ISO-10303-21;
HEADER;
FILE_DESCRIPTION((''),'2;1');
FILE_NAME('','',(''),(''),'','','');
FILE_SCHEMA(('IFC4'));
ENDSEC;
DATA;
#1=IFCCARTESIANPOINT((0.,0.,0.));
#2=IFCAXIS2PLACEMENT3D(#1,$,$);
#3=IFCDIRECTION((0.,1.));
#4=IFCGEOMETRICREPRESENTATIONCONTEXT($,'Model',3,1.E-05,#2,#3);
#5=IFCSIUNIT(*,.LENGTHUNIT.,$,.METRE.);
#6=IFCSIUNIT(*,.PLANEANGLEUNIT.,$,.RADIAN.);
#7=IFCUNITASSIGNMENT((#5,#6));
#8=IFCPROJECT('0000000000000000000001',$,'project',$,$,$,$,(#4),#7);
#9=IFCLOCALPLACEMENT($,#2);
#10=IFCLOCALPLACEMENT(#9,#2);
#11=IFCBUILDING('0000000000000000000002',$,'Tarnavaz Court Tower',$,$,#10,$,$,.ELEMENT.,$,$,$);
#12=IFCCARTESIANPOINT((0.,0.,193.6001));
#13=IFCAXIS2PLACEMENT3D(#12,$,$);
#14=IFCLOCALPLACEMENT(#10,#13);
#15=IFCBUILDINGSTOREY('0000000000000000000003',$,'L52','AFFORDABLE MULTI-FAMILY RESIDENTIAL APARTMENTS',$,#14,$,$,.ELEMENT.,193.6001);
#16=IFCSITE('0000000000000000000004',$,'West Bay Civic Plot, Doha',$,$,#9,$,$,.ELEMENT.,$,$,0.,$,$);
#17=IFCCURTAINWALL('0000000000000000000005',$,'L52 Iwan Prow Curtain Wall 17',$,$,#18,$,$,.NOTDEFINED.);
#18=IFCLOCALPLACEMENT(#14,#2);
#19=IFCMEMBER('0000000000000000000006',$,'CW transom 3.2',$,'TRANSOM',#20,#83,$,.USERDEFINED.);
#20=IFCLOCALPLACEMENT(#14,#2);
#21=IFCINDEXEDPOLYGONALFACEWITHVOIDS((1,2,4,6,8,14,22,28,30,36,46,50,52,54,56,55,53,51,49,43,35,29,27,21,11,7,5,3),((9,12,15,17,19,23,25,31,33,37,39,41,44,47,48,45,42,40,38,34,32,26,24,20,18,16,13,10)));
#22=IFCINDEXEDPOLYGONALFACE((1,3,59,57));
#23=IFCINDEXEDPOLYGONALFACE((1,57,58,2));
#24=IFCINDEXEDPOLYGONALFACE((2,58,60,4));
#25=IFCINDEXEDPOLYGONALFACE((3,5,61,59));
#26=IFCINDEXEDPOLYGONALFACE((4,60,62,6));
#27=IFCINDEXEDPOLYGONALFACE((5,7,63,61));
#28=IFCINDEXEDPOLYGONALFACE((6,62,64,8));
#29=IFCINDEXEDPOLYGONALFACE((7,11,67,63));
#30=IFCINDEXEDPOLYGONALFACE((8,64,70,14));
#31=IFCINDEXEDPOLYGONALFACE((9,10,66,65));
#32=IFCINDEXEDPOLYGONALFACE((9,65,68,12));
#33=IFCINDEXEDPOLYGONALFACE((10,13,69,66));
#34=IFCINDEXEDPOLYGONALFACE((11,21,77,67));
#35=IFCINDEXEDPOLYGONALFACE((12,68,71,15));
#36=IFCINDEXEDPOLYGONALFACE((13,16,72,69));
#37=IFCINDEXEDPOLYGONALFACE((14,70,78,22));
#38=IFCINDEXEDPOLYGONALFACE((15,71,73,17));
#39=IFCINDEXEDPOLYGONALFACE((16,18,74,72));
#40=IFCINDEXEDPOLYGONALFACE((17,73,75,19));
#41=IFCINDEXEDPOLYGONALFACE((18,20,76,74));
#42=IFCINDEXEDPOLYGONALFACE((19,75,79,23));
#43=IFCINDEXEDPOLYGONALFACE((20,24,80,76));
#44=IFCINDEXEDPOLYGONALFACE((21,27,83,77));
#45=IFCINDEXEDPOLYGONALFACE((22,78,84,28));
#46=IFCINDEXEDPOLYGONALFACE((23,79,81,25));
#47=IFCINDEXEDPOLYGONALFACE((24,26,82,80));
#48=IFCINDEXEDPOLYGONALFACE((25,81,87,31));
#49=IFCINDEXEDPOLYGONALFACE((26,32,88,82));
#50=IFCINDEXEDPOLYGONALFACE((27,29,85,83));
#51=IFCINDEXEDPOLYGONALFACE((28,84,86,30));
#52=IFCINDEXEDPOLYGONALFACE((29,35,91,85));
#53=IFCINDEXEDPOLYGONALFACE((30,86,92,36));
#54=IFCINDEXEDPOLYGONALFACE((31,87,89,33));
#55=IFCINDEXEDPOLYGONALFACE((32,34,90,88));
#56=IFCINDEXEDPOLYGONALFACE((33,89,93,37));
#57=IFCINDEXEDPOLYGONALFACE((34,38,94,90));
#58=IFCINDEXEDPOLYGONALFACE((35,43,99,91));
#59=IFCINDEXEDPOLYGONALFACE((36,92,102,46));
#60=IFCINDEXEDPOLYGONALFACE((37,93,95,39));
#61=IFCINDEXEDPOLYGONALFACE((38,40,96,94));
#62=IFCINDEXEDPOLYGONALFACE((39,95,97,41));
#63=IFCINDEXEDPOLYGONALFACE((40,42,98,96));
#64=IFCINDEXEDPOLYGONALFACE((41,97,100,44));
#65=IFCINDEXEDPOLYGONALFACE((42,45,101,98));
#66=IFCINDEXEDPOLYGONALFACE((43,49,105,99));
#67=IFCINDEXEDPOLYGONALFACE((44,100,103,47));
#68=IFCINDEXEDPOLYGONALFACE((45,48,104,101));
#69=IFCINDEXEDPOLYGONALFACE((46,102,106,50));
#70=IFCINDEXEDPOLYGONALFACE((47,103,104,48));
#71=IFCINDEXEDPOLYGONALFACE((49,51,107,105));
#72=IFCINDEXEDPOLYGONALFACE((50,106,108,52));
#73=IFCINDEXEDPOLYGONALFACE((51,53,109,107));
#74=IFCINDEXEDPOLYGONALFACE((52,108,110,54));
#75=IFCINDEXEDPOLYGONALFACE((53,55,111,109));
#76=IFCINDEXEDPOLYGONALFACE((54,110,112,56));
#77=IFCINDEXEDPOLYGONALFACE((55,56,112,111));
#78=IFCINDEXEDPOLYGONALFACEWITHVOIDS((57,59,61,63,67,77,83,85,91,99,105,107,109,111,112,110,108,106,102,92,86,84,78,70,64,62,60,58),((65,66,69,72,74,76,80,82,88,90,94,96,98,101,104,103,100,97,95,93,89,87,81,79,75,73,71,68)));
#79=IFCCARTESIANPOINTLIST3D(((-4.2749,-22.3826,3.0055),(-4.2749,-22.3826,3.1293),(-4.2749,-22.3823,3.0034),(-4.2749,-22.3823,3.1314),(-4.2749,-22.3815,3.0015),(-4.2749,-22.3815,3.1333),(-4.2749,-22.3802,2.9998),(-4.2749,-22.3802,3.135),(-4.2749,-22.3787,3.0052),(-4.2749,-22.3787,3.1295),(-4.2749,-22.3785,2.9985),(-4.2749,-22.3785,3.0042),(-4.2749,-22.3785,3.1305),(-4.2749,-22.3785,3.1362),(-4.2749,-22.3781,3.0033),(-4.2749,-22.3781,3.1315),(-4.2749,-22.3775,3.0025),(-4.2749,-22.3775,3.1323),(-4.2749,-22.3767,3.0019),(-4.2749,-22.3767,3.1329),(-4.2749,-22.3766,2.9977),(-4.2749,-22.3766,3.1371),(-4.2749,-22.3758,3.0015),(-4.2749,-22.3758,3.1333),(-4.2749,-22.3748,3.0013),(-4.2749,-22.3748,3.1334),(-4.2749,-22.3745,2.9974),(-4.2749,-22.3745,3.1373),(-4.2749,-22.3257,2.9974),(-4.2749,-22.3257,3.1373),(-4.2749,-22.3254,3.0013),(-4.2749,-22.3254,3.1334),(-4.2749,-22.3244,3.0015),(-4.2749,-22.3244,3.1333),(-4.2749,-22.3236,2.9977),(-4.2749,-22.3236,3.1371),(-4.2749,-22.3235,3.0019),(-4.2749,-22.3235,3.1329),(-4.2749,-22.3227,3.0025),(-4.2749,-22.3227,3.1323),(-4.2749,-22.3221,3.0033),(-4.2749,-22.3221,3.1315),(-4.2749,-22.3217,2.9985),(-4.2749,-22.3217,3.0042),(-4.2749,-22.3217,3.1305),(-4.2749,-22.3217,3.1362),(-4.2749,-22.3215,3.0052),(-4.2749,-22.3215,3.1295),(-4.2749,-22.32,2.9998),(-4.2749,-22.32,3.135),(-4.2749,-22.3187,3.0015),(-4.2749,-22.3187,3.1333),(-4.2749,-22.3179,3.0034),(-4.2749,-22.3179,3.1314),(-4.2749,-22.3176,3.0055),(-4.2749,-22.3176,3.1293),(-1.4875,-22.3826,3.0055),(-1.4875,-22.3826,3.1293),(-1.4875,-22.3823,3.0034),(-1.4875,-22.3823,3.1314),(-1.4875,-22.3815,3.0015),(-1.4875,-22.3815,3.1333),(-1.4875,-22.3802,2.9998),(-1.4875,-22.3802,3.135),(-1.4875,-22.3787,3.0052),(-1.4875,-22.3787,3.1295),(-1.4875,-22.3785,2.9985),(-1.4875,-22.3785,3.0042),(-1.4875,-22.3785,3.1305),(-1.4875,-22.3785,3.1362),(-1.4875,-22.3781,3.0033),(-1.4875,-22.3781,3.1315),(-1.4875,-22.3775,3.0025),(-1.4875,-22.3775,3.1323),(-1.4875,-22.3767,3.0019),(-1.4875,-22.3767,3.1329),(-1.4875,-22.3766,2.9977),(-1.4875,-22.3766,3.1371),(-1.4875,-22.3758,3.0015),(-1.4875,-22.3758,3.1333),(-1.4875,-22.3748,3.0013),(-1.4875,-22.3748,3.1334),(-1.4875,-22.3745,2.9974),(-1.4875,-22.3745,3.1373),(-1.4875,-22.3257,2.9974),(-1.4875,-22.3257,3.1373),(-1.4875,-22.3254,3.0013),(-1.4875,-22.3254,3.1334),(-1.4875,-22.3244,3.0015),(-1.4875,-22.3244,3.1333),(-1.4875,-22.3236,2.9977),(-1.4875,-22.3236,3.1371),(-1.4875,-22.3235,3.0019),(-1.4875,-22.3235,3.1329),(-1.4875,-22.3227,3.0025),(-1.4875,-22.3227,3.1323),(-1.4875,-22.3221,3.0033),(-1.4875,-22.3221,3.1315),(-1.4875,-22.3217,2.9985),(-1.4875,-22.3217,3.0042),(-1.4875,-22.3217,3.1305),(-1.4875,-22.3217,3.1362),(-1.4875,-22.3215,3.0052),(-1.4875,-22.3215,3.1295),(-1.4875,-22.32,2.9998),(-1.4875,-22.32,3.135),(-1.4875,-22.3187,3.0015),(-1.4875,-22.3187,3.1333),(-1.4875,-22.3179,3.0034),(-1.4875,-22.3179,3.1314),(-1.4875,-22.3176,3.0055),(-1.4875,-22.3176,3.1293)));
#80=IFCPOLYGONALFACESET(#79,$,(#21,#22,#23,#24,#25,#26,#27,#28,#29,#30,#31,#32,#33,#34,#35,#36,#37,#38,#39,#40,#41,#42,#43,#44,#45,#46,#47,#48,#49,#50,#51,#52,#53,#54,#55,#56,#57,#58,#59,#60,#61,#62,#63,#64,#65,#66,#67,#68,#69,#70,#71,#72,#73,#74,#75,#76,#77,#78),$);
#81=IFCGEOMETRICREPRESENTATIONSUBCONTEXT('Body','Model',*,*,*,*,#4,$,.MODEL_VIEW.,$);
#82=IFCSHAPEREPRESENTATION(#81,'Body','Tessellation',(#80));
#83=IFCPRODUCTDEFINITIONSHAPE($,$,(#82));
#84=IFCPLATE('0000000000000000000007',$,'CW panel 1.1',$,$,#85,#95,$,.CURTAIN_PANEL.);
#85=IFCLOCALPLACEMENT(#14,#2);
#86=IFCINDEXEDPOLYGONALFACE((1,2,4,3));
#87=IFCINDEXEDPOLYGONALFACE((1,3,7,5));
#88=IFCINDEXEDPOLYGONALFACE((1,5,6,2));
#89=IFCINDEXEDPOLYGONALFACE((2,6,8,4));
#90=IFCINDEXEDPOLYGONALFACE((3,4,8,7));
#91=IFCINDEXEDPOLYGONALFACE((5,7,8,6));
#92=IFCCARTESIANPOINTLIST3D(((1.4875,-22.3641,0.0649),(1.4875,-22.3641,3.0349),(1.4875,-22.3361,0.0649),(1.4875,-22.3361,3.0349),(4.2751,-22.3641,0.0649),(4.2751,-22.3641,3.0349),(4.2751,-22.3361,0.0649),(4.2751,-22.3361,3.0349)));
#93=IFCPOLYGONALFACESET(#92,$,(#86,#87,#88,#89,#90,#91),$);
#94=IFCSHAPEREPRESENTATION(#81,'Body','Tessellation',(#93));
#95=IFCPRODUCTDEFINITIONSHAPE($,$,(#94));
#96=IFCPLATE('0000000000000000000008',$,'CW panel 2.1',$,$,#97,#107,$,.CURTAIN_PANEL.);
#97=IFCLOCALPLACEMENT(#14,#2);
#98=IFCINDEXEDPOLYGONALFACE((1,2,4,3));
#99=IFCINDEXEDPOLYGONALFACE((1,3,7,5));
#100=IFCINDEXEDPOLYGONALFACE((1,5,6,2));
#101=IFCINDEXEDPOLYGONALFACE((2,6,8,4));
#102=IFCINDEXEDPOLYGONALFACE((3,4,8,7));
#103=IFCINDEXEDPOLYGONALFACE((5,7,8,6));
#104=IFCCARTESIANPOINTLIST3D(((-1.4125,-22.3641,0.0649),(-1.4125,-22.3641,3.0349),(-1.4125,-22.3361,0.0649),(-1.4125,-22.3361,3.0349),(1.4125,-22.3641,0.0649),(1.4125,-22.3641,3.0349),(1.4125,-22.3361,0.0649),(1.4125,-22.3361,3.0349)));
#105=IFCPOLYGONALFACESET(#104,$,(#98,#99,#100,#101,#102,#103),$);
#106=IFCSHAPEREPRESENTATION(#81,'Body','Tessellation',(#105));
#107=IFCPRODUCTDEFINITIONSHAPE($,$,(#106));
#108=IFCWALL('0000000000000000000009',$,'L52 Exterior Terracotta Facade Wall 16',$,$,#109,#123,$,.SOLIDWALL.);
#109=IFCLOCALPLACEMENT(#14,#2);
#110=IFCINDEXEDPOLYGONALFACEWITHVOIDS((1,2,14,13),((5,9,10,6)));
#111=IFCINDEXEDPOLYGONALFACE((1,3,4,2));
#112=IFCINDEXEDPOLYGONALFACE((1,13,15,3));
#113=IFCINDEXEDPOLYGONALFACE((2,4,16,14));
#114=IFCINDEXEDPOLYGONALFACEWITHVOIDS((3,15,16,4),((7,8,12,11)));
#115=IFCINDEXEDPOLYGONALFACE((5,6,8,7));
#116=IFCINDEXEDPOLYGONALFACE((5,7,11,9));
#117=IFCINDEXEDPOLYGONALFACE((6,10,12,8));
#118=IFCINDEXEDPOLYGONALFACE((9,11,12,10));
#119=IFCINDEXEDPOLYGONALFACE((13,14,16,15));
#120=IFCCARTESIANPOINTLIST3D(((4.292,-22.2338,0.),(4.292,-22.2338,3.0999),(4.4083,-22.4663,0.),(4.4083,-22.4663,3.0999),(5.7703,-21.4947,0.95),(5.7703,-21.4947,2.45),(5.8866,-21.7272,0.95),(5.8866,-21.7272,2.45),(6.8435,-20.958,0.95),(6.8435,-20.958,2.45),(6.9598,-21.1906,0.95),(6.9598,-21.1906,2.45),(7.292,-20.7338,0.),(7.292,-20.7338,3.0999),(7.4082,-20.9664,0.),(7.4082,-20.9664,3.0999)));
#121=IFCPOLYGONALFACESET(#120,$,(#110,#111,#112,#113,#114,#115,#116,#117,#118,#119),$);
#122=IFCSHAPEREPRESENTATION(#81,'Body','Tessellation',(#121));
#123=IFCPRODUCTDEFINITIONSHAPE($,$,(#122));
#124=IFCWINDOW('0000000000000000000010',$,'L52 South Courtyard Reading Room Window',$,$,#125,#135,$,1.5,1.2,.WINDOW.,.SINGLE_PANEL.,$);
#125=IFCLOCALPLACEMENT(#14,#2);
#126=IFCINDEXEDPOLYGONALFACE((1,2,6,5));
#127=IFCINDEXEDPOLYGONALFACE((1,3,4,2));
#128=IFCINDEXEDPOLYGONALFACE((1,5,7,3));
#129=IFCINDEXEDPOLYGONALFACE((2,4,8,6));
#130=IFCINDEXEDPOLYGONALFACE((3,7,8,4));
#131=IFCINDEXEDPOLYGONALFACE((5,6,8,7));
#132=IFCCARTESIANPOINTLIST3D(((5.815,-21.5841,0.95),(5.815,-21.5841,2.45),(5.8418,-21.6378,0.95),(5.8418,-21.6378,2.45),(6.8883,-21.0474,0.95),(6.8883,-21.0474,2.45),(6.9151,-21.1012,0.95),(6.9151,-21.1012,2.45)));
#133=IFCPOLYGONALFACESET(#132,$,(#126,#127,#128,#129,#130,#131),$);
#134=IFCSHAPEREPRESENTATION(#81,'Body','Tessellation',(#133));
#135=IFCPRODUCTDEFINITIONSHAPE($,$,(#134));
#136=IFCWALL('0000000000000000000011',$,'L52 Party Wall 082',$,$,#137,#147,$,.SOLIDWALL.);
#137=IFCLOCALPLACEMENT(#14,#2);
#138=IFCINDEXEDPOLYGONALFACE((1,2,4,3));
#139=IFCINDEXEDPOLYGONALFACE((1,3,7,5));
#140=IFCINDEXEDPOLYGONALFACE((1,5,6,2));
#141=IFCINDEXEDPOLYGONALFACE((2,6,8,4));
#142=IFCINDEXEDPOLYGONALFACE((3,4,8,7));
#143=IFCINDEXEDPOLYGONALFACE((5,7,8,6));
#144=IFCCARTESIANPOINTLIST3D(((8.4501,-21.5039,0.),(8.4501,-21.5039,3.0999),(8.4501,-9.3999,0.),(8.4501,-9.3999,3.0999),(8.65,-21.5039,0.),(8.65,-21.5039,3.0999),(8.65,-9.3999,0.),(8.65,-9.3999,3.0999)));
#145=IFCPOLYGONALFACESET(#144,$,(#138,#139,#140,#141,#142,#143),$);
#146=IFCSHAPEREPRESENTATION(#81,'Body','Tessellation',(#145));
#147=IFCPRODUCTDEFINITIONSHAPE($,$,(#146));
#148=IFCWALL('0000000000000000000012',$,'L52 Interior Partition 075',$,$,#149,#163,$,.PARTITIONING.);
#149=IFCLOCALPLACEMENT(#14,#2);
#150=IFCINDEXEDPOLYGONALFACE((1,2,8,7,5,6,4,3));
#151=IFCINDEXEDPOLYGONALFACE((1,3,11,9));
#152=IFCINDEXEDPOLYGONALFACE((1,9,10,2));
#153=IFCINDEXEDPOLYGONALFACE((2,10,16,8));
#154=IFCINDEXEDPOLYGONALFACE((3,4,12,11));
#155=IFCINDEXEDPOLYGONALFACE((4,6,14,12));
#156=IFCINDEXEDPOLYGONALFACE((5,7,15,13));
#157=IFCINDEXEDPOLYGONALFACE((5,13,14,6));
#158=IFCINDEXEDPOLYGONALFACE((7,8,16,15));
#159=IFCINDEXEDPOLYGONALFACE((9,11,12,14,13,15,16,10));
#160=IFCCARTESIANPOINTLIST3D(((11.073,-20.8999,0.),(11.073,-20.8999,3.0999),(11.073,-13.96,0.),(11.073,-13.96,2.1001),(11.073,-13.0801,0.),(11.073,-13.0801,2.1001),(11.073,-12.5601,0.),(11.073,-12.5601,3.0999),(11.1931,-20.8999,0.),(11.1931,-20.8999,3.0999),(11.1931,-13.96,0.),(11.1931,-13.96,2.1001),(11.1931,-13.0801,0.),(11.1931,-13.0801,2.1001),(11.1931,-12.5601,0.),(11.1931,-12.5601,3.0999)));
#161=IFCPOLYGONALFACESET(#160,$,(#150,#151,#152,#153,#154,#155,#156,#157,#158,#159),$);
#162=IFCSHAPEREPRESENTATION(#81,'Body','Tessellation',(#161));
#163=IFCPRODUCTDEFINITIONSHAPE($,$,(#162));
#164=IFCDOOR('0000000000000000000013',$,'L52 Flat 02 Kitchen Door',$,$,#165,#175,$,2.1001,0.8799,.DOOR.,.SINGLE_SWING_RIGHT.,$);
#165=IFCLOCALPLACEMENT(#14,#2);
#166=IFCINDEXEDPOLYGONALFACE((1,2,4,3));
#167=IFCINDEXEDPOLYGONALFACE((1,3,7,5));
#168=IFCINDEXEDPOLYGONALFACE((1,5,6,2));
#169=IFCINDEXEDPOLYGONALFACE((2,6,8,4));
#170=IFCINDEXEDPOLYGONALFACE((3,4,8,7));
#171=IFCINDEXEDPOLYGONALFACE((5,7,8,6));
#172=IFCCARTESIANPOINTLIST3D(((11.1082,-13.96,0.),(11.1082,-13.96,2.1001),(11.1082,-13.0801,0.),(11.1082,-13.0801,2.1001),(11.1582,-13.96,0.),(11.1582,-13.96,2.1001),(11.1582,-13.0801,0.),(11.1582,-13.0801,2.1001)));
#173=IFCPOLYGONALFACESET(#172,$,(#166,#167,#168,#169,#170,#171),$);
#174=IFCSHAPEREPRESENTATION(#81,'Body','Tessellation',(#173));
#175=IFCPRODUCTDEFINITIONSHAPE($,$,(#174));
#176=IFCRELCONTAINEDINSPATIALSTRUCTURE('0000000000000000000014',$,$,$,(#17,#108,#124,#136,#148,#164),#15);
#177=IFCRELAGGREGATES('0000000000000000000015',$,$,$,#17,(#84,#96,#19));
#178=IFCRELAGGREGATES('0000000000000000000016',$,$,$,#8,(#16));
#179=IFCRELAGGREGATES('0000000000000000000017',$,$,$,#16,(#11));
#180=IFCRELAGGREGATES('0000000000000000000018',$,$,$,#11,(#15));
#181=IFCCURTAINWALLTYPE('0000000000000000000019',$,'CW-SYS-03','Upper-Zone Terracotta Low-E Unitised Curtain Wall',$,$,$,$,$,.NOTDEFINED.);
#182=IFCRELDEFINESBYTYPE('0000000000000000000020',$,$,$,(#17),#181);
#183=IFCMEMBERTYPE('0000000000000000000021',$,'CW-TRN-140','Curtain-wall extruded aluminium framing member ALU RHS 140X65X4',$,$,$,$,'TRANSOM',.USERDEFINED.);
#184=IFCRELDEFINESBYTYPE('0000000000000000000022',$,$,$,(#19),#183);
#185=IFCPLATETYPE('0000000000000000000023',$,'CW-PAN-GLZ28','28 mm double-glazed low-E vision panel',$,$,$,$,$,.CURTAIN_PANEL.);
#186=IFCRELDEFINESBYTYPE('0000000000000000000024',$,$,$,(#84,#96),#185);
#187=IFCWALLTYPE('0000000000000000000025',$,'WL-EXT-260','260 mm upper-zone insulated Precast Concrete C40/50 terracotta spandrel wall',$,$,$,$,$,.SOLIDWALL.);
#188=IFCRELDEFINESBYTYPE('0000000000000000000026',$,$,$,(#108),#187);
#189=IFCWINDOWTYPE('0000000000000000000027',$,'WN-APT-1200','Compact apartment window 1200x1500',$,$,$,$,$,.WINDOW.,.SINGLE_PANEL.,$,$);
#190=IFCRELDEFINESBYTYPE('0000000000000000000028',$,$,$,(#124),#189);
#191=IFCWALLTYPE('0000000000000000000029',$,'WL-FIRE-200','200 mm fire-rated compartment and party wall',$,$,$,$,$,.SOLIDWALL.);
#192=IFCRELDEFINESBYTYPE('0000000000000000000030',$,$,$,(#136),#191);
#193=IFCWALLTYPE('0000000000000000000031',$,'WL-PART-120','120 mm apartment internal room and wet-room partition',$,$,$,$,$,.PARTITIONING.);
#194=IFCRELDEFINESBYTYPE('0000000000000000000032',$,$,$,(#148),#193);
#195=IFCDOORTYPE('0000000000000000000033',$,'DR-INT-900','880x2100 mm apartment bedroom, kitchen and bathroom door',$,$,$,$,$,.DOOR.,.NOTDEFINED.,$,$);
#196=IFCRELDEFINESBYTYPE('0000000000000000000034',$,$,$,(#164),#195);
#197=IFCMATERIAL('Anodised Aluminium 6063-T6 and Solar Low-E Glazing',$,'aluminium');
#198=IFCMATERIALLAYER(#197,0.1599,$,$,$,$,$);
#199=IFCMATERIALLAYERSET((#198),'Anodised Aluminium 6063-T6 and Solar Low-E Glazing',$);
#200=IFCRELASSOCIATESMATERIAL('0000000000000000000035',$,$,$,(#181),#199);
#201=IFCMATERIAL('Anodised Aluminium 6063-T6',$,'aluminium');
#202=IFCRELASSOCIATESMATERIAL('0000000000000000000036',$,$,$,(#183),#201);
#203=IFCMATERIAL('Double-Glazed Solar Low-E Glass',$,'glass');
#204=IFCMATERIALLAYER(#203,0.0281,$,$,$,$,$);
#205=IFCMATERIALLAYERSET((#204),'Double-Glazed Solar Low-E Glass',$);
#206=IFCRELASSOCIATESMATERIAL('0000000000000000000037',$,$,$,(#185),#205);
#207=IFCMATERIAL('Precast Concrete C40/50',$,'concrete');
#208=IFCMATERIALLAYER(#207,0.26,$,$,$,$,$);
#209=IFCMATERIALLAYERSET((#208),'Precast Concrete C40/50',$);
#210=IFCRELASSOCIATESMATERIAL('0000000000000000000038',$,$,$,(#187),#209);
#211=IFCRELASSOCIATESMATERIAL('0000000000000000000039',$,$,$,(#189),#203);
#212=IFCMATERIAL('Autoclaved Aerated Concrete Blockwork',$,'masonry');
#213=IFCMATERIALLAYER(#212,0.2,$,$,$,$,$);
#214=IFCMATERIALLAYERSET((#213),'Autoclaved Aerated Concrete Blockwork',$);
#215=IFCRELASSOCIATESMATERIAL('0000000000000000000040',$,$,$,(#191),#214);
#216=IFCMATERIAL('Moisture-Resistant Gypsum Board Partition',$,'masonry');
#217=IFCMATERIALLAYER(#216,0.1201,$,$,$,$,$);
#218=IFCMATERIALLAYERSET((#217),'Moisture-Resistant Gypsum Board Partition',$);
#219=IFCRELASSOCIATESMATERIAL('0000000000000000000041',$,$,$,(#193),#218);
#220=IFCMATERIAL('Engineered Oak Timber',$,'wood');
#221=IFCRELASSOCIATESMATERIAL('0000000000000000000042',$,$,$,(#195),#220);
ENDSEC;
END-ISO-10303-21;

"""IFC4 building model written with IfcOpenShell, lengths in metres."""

from ifc_helpers import new_model, si_unit, direction, frame, frame_2d, origin, origin_2d, place, context, subcontext, project, spatial, rectangle, hollow_rectangle, extrude, material, layer, layer_set, material_profile, profile_set, type_object, element, fill, aggregate, save


model = new_model("IFC4")

# Units and contexts
model_context = context("Model", 3, precision=1e-05, world=origin(), true_north=direction((0.0, 1.0)))
body_context = subcontext(model_context, "Body", "Model", "MODEL_VIEW")
ifc_project = project(units=[si_unit("LENGTHUNIT", "METRE"), si_unit("PLANEANGLEUNIT", "RADIAN")], contexts=[model_context])

# Site, building, storey
site_placement = place(None, origin())
site = spatial("IfcSite", under=ifc_project, at=site_placement, Name="West Bay Civic Plot, Doha", CompositionType="ELEMENT", RefElevation=0.0)
building_placement = place(site_placement, origin())
building = spatial("IfcBuilding", under=site, at=building_placement, Name="Tarnavaz Court Tower", CompositionType="ELEMENT")
storey_placement = place(building_placement, frame((0.0, 0.0, 193.6001)))
storey = spatial("IfcBuildingStorey", under=building, at=storey_placement, Name="L52", Description="AFFORDABLE MULTI-FAMILY RESIDENTIAL APARTMENTS", CompositionType="ELEMENT", Elevation=193.6001)

# Curtain wall, member, plates
ifc_material_1 = material(Name="Anodised Aluminium 6063-T6 and Solar Low-E Glazing", Category="aluminium")
ifc_layer_1 = layer(ifc_material_1, 0.1599)
ifc_layer_set_1 = layer_set([ifc_layer_1], Name="Anodised Aluminium 6063-T6 and Solar Low-E Glazing")
curtain_wall_type = type_object("IfcCurtainWallType", Name="CW-SYS-03", Description="Upper-Zone Terracotta Low-E Unitised Curtain Wall", PredefinedType="NOTDEFINED", material=ifc_layer_set_1)
curtain_wall_placement = place(storey_placement, origin())
curtain_wall = element("IfcCurtainWall", 1, at=curtain_wall_placement, inside=storey, type_object=curtain_wall_type, Name="L52 Iwan Prow Curtain Wall 17", PredefinedType="NOTDEFINED")
ifc_material_2 = material(Name="Anodised Aluminium 6063-T6", Category="aluminium")
ifc_material_profile_1 = material_profile(ifc_material_2, hollow_rectangle(XDim=0.0649, YDim=0.1399, WallThickness=0.0039, InnerFilletRadius=0.0039, OuterFilletRadius=0.0081, at=origin_2d()), Name="ALU RHS 140X65X4")
ifc_profile_set_1 = profile_set([ifc_material_profile_1], Name="Anodised Aluminium 6063-T6")
member_type_1 = type_object("IfcMemberType", Name="CW-TRN-140", Description="Curtain-wall extruded aluminium framing member ALU RHS 140X65X4", ElementType="TRANSOM", PredefinedType="USERDEFINED", material=ifc_profile_set_1)
member_1_placement = place(storey_placement, frame((-1.4875, -22.3501, 3.0674), z_axis=(-1.0, 0.0, 0.0), x_axis=(0.0, -1.0, 0.0)))
member_1 = element("IfcMember", 2, at=member_1_placement, type_object=member_type_1, Name="CW transom 3.2", ObjectType="TRANSOM", PredefinedType="USERDEFINED", context=body_context, shape_type="SweptSolid", body=[
    extrude(hollow_rectangle(XDim=0.0649, YDim=0.1399, WallThickness=0.0039, InnerFilletRadius=0.0039, OuterFilletRadius=0.0081, at=origin_2d()), origin(), (0.0, 0.0, 1.0), 2.7874),
])
ifc_material_3 = material(Name="Double-Glazed Solar Low-E Glass", Category="glass")
ifc_layer_2 = layer(ifc_material_3, 0.0281)
ifc_layer_set_2 = layer_set([ifc_layer_2], Name="Double-Glazed Solar Low-E Glass")
plate_type = type_object("IfcPlateType", Name="CW-PAN-GLZ28", Description="28 mm double-glazed low-E vision panel", PredefinedType="CURTAIN_PANEL", material=ifc_layer_set_2)
plate_1_placement = place(storey_placement, frame((2.8813, -22.3501, 0.0649), z_axis=(0.0, 0.0, 1.0), x_axis=(-1.0, 0.0, 0.0)))
plate_1 = element("IfcPlate", 3, at=plate_1_placement, type_object=plate_type, Name="CW panel 1.1", PredefinedType="CURTAIN_PANEL", context=body_context, shape_type="SweptSolid", body=[
    extrude(rectangle(XDim=2.7876, YDim=0.0281, at=origin_2d()), origin(), (0.0, 0.0, 1.0), 2.97),
])
plate_2_placement = place(storey_placement, frame((0.0, -22.3501, 0.0649), z_axis=(0.0, 0.0, 1.0), x_axis=(-1.0, 0.0, 0.0)))
plate_2 = element("IfcPlate", 4, at=plate_2_placement, type_object=plate_type, Name="CW panel 2.1", PredefinedType="CURTAIN_PANEL", context=body_context, shape_type="SweptSolid", body=[
    extrude(rectangle(XDim=2.825, YDim=0.0281, at=origin_2d()), origin(), (0.0, 0.0, 1.0), 2.97),
])
aggregate(curtain_wall, [plate_1, plate_2, member_1])

# Wall, opening, window
ifc_material_4 = material(Name="Precast Concrete C40/50", Category="concrete")
ifc_layer_3 = layer(ifc_material_4, 0.26)
ifc_layer_set_3 = layer_set([ifc_layer_3], Name="Precast Concrete C40/50")
wall_type_1 = type_object("IfcWallType", Name="WL-EXT-260", Description="260 mm upper-zone insulated Precast Concrete C40/50 terracotta spandrel wall", PredefinedType="SOLIDWALL", material=ifc_layer_set_3)
wall_1_placement = place(storey_placement, frame((7.3501, -20.8501, 0.0), z_axis=(0.0, 0.0, 1.0), x_axis=(-0.894427, -0.447214, 0.0)))
wall_1 = element("IfcWall", 5, at=wall_1_placement, inside=storey, type_object=wall_type_1, Name="L52 Exterior Terracotta Facade Wall 16", PredefinedType="SOLIDWALL", context=body_context, shape_type="SweptSolid", body=[
    extrude(rectangle(XDim=3.354, YDim=0.26, at=frame_2d((1.677, 0.0))), origin(), (0.0, 0.0, 1.0), 3.0999),
])
opening_1_placement = place(wall_1_placement, frame((0.5012, 0.0, 0.95)))
opening_1 = element("IfcOpeningElement", 6, at=opening_1_placement, cuts=wall_1, PredefinedType="OPENING", context=body_context, shape_type="SweptSolid", body=[
    extrude(rectangle(XDim=1.2, YDim=1.5, at=frame_2d((0.6001, 0.75))), frame((0.0, 0.1399, 0.0), z_axis=(0.0, -1.0, 0.0), x_axis=(1.0, 0.0, 0.0)), (0.0, 0.0, 1.0), 0.28),
])
window_type = type_object("IfcWindowType", Name="WN-APT-1200", Description="Compact apartment window 1200x1500", PartitioningType="SINGLE_PANEL", PredefinedType="WINDOW", material=ifc_material_3)
window_placement = place(opening_1_placement, origin())
window = element("IfcWindow", 7, at=window_placement, inside=storey, type_object=window_type, Name="L52 South Courtyard Reading Room Window", OverallHeight=1.5, OverallWidth=1.2, PartitioningType="SINGLE_PANEL", PredefinedType="WINDOW", context=body_context, shape_type="SweptSolid", body=[
    extrude(rectangle(XDim=1.2, YDim=1.5, at=frame_2d((0.6001, 0.75))), frame((0.0, 0.03, 0.0), z_axis=(0.0, -1.0, 0.0), x_axis=(1.0, 0.0, 0.0)), (0.0, 0.0, 1.0), 0.0601),
])
fill(opening_1, window)

# Wall
ifc_material_5 = material(Name="Autoclaved Aerated Concrete Blockwork", Category="masonry")
ifc_layer_4 = layer(ifc_material_5, 0.2)
ifc_layer_set_4 = layer_set([ifc_layer_4], Name="Autoclaved Aerated Concrete Blockwork")
wall_type_2 = type_object("IfcWallType", Name="WL-FIRE-200", Description="200 mm fire-rated compartment and party wall", PredefinedType="SOLIDWALL", material=ifc_layer_set_4)
wall_2_placement = place(storey_placement, frame((8.55, -21.5039, 0.0), z_axis=(0.0, 0.0, 1.0), x_axis=(0.0, 1.0, 0.0)))
element("IfcWall", 8, at=wall_2_placement, inside=storey, type_object=wall_type_2, Name="L52 Party Wall 082", PredefinedType="SOLIDWALL", context=body_context, shape_type="SweptSolid", body=[
    extrude(rectangle(XDim=12.104, YDim=0.2, at=frame_2d((6.052, 0.0))), origin(), (0.0, 0.0, 1.0), 3.0999),
])

# Wall, opening, door
ifc_material_6 = material(Name="Moisture-Resistant Gypsum Board Partition", Category="masonry")
ifc_layer_5 = layer(ifc_material_6, 0.1201)
ifc_layer_set_5 = layer_set([ifc_layer_5], Name="Moisture-Resistant Gypsum Board Partition")
wall_type_3 = type_object("IfcWallType", Name="WL-PART-120", Description="120 mm apartment internal room and wet-room partition", PredefinedType="PARTITIONING", material=ifc_layer_set_5)
wall_3_placement = place(storey_placement, frame((11.1331, -20.8999, 0.0), z_axis=(0.0, 0.0, 1.0), x_axis=(0.0, 1.0, 0.0)))
wall_3 = element("IfcWall", 9, at=wall_3_placement, inside=storey, type_object=wall_type_3, Name="L52 Interior Partition 075", PredefinedType="PARTITIONING", context=body_context, shape_type="SweptSolid", body=[
    extrude(rectangle(XDim=8.3398, YDim=0.1201, at=frame_2d((4.1699, 0.0))), origin(), (0.0, 0.0, 1.0), 3.0999),
])
opening_2_placement = place(wall_3_placement, frame((6.9399, 0.0, 0.0)))
opening_2 = element("IfcOpeningElement", 10, at=opening_2_placement, cuts=wall_3, PredefinedType="OPENING", context=body_context, shape_type="SweptSolid", body=[
    extrude(rectangle(XDim=0.8799, YDim=2.1001, at=frame_2d((0.4399, 1.05))), frame((0.0, 0.0701, 0.0), z_axis=(0.0, -1.0, 0.0), x_axis=(1.0, 0.0, 0.0)), (0.0, 0.0, 1.0), 0.1401),
])
ifc_material_7 = material(Name="Engineered Oak Timber", Category="wood")
door_type = type_object("IfcDoorType", Name="DR-INT-900", Description="880x2100 mm apartment bedroom, kitchen and bathroom door", OperationType="NOTDEFINED", PredefinedType="DOOR", material=ifc_material_7)
door_placement = place(opening_2_placement, origin())
door = element("IfcDoor", 11, at=door_placement, inside=storey, type_object=door_type, Name="L52 Flat 02 Kitchen Door", OperationType="SINGLE_SWING_RIGHT", OverallHeight=2.1001, OverallWidth=0.8799, PredefinedType="DOOR", context=body_context, shape_type="SweptSolid", body=[
    extrude(rectangle(XDim=0.8799, YDim=2.1001, at=frame_2d((0.4399, 1.05))), frame((0.0, 0.0249, 0.0), z_axis=(0.0, -1.0, 0.0), x_axis=(1.0, 0.0, 0.0)), (0.0, 0.0, 1.0), 0.05),
])
fill(opening_2, door)

save(model, "model.ifc")
